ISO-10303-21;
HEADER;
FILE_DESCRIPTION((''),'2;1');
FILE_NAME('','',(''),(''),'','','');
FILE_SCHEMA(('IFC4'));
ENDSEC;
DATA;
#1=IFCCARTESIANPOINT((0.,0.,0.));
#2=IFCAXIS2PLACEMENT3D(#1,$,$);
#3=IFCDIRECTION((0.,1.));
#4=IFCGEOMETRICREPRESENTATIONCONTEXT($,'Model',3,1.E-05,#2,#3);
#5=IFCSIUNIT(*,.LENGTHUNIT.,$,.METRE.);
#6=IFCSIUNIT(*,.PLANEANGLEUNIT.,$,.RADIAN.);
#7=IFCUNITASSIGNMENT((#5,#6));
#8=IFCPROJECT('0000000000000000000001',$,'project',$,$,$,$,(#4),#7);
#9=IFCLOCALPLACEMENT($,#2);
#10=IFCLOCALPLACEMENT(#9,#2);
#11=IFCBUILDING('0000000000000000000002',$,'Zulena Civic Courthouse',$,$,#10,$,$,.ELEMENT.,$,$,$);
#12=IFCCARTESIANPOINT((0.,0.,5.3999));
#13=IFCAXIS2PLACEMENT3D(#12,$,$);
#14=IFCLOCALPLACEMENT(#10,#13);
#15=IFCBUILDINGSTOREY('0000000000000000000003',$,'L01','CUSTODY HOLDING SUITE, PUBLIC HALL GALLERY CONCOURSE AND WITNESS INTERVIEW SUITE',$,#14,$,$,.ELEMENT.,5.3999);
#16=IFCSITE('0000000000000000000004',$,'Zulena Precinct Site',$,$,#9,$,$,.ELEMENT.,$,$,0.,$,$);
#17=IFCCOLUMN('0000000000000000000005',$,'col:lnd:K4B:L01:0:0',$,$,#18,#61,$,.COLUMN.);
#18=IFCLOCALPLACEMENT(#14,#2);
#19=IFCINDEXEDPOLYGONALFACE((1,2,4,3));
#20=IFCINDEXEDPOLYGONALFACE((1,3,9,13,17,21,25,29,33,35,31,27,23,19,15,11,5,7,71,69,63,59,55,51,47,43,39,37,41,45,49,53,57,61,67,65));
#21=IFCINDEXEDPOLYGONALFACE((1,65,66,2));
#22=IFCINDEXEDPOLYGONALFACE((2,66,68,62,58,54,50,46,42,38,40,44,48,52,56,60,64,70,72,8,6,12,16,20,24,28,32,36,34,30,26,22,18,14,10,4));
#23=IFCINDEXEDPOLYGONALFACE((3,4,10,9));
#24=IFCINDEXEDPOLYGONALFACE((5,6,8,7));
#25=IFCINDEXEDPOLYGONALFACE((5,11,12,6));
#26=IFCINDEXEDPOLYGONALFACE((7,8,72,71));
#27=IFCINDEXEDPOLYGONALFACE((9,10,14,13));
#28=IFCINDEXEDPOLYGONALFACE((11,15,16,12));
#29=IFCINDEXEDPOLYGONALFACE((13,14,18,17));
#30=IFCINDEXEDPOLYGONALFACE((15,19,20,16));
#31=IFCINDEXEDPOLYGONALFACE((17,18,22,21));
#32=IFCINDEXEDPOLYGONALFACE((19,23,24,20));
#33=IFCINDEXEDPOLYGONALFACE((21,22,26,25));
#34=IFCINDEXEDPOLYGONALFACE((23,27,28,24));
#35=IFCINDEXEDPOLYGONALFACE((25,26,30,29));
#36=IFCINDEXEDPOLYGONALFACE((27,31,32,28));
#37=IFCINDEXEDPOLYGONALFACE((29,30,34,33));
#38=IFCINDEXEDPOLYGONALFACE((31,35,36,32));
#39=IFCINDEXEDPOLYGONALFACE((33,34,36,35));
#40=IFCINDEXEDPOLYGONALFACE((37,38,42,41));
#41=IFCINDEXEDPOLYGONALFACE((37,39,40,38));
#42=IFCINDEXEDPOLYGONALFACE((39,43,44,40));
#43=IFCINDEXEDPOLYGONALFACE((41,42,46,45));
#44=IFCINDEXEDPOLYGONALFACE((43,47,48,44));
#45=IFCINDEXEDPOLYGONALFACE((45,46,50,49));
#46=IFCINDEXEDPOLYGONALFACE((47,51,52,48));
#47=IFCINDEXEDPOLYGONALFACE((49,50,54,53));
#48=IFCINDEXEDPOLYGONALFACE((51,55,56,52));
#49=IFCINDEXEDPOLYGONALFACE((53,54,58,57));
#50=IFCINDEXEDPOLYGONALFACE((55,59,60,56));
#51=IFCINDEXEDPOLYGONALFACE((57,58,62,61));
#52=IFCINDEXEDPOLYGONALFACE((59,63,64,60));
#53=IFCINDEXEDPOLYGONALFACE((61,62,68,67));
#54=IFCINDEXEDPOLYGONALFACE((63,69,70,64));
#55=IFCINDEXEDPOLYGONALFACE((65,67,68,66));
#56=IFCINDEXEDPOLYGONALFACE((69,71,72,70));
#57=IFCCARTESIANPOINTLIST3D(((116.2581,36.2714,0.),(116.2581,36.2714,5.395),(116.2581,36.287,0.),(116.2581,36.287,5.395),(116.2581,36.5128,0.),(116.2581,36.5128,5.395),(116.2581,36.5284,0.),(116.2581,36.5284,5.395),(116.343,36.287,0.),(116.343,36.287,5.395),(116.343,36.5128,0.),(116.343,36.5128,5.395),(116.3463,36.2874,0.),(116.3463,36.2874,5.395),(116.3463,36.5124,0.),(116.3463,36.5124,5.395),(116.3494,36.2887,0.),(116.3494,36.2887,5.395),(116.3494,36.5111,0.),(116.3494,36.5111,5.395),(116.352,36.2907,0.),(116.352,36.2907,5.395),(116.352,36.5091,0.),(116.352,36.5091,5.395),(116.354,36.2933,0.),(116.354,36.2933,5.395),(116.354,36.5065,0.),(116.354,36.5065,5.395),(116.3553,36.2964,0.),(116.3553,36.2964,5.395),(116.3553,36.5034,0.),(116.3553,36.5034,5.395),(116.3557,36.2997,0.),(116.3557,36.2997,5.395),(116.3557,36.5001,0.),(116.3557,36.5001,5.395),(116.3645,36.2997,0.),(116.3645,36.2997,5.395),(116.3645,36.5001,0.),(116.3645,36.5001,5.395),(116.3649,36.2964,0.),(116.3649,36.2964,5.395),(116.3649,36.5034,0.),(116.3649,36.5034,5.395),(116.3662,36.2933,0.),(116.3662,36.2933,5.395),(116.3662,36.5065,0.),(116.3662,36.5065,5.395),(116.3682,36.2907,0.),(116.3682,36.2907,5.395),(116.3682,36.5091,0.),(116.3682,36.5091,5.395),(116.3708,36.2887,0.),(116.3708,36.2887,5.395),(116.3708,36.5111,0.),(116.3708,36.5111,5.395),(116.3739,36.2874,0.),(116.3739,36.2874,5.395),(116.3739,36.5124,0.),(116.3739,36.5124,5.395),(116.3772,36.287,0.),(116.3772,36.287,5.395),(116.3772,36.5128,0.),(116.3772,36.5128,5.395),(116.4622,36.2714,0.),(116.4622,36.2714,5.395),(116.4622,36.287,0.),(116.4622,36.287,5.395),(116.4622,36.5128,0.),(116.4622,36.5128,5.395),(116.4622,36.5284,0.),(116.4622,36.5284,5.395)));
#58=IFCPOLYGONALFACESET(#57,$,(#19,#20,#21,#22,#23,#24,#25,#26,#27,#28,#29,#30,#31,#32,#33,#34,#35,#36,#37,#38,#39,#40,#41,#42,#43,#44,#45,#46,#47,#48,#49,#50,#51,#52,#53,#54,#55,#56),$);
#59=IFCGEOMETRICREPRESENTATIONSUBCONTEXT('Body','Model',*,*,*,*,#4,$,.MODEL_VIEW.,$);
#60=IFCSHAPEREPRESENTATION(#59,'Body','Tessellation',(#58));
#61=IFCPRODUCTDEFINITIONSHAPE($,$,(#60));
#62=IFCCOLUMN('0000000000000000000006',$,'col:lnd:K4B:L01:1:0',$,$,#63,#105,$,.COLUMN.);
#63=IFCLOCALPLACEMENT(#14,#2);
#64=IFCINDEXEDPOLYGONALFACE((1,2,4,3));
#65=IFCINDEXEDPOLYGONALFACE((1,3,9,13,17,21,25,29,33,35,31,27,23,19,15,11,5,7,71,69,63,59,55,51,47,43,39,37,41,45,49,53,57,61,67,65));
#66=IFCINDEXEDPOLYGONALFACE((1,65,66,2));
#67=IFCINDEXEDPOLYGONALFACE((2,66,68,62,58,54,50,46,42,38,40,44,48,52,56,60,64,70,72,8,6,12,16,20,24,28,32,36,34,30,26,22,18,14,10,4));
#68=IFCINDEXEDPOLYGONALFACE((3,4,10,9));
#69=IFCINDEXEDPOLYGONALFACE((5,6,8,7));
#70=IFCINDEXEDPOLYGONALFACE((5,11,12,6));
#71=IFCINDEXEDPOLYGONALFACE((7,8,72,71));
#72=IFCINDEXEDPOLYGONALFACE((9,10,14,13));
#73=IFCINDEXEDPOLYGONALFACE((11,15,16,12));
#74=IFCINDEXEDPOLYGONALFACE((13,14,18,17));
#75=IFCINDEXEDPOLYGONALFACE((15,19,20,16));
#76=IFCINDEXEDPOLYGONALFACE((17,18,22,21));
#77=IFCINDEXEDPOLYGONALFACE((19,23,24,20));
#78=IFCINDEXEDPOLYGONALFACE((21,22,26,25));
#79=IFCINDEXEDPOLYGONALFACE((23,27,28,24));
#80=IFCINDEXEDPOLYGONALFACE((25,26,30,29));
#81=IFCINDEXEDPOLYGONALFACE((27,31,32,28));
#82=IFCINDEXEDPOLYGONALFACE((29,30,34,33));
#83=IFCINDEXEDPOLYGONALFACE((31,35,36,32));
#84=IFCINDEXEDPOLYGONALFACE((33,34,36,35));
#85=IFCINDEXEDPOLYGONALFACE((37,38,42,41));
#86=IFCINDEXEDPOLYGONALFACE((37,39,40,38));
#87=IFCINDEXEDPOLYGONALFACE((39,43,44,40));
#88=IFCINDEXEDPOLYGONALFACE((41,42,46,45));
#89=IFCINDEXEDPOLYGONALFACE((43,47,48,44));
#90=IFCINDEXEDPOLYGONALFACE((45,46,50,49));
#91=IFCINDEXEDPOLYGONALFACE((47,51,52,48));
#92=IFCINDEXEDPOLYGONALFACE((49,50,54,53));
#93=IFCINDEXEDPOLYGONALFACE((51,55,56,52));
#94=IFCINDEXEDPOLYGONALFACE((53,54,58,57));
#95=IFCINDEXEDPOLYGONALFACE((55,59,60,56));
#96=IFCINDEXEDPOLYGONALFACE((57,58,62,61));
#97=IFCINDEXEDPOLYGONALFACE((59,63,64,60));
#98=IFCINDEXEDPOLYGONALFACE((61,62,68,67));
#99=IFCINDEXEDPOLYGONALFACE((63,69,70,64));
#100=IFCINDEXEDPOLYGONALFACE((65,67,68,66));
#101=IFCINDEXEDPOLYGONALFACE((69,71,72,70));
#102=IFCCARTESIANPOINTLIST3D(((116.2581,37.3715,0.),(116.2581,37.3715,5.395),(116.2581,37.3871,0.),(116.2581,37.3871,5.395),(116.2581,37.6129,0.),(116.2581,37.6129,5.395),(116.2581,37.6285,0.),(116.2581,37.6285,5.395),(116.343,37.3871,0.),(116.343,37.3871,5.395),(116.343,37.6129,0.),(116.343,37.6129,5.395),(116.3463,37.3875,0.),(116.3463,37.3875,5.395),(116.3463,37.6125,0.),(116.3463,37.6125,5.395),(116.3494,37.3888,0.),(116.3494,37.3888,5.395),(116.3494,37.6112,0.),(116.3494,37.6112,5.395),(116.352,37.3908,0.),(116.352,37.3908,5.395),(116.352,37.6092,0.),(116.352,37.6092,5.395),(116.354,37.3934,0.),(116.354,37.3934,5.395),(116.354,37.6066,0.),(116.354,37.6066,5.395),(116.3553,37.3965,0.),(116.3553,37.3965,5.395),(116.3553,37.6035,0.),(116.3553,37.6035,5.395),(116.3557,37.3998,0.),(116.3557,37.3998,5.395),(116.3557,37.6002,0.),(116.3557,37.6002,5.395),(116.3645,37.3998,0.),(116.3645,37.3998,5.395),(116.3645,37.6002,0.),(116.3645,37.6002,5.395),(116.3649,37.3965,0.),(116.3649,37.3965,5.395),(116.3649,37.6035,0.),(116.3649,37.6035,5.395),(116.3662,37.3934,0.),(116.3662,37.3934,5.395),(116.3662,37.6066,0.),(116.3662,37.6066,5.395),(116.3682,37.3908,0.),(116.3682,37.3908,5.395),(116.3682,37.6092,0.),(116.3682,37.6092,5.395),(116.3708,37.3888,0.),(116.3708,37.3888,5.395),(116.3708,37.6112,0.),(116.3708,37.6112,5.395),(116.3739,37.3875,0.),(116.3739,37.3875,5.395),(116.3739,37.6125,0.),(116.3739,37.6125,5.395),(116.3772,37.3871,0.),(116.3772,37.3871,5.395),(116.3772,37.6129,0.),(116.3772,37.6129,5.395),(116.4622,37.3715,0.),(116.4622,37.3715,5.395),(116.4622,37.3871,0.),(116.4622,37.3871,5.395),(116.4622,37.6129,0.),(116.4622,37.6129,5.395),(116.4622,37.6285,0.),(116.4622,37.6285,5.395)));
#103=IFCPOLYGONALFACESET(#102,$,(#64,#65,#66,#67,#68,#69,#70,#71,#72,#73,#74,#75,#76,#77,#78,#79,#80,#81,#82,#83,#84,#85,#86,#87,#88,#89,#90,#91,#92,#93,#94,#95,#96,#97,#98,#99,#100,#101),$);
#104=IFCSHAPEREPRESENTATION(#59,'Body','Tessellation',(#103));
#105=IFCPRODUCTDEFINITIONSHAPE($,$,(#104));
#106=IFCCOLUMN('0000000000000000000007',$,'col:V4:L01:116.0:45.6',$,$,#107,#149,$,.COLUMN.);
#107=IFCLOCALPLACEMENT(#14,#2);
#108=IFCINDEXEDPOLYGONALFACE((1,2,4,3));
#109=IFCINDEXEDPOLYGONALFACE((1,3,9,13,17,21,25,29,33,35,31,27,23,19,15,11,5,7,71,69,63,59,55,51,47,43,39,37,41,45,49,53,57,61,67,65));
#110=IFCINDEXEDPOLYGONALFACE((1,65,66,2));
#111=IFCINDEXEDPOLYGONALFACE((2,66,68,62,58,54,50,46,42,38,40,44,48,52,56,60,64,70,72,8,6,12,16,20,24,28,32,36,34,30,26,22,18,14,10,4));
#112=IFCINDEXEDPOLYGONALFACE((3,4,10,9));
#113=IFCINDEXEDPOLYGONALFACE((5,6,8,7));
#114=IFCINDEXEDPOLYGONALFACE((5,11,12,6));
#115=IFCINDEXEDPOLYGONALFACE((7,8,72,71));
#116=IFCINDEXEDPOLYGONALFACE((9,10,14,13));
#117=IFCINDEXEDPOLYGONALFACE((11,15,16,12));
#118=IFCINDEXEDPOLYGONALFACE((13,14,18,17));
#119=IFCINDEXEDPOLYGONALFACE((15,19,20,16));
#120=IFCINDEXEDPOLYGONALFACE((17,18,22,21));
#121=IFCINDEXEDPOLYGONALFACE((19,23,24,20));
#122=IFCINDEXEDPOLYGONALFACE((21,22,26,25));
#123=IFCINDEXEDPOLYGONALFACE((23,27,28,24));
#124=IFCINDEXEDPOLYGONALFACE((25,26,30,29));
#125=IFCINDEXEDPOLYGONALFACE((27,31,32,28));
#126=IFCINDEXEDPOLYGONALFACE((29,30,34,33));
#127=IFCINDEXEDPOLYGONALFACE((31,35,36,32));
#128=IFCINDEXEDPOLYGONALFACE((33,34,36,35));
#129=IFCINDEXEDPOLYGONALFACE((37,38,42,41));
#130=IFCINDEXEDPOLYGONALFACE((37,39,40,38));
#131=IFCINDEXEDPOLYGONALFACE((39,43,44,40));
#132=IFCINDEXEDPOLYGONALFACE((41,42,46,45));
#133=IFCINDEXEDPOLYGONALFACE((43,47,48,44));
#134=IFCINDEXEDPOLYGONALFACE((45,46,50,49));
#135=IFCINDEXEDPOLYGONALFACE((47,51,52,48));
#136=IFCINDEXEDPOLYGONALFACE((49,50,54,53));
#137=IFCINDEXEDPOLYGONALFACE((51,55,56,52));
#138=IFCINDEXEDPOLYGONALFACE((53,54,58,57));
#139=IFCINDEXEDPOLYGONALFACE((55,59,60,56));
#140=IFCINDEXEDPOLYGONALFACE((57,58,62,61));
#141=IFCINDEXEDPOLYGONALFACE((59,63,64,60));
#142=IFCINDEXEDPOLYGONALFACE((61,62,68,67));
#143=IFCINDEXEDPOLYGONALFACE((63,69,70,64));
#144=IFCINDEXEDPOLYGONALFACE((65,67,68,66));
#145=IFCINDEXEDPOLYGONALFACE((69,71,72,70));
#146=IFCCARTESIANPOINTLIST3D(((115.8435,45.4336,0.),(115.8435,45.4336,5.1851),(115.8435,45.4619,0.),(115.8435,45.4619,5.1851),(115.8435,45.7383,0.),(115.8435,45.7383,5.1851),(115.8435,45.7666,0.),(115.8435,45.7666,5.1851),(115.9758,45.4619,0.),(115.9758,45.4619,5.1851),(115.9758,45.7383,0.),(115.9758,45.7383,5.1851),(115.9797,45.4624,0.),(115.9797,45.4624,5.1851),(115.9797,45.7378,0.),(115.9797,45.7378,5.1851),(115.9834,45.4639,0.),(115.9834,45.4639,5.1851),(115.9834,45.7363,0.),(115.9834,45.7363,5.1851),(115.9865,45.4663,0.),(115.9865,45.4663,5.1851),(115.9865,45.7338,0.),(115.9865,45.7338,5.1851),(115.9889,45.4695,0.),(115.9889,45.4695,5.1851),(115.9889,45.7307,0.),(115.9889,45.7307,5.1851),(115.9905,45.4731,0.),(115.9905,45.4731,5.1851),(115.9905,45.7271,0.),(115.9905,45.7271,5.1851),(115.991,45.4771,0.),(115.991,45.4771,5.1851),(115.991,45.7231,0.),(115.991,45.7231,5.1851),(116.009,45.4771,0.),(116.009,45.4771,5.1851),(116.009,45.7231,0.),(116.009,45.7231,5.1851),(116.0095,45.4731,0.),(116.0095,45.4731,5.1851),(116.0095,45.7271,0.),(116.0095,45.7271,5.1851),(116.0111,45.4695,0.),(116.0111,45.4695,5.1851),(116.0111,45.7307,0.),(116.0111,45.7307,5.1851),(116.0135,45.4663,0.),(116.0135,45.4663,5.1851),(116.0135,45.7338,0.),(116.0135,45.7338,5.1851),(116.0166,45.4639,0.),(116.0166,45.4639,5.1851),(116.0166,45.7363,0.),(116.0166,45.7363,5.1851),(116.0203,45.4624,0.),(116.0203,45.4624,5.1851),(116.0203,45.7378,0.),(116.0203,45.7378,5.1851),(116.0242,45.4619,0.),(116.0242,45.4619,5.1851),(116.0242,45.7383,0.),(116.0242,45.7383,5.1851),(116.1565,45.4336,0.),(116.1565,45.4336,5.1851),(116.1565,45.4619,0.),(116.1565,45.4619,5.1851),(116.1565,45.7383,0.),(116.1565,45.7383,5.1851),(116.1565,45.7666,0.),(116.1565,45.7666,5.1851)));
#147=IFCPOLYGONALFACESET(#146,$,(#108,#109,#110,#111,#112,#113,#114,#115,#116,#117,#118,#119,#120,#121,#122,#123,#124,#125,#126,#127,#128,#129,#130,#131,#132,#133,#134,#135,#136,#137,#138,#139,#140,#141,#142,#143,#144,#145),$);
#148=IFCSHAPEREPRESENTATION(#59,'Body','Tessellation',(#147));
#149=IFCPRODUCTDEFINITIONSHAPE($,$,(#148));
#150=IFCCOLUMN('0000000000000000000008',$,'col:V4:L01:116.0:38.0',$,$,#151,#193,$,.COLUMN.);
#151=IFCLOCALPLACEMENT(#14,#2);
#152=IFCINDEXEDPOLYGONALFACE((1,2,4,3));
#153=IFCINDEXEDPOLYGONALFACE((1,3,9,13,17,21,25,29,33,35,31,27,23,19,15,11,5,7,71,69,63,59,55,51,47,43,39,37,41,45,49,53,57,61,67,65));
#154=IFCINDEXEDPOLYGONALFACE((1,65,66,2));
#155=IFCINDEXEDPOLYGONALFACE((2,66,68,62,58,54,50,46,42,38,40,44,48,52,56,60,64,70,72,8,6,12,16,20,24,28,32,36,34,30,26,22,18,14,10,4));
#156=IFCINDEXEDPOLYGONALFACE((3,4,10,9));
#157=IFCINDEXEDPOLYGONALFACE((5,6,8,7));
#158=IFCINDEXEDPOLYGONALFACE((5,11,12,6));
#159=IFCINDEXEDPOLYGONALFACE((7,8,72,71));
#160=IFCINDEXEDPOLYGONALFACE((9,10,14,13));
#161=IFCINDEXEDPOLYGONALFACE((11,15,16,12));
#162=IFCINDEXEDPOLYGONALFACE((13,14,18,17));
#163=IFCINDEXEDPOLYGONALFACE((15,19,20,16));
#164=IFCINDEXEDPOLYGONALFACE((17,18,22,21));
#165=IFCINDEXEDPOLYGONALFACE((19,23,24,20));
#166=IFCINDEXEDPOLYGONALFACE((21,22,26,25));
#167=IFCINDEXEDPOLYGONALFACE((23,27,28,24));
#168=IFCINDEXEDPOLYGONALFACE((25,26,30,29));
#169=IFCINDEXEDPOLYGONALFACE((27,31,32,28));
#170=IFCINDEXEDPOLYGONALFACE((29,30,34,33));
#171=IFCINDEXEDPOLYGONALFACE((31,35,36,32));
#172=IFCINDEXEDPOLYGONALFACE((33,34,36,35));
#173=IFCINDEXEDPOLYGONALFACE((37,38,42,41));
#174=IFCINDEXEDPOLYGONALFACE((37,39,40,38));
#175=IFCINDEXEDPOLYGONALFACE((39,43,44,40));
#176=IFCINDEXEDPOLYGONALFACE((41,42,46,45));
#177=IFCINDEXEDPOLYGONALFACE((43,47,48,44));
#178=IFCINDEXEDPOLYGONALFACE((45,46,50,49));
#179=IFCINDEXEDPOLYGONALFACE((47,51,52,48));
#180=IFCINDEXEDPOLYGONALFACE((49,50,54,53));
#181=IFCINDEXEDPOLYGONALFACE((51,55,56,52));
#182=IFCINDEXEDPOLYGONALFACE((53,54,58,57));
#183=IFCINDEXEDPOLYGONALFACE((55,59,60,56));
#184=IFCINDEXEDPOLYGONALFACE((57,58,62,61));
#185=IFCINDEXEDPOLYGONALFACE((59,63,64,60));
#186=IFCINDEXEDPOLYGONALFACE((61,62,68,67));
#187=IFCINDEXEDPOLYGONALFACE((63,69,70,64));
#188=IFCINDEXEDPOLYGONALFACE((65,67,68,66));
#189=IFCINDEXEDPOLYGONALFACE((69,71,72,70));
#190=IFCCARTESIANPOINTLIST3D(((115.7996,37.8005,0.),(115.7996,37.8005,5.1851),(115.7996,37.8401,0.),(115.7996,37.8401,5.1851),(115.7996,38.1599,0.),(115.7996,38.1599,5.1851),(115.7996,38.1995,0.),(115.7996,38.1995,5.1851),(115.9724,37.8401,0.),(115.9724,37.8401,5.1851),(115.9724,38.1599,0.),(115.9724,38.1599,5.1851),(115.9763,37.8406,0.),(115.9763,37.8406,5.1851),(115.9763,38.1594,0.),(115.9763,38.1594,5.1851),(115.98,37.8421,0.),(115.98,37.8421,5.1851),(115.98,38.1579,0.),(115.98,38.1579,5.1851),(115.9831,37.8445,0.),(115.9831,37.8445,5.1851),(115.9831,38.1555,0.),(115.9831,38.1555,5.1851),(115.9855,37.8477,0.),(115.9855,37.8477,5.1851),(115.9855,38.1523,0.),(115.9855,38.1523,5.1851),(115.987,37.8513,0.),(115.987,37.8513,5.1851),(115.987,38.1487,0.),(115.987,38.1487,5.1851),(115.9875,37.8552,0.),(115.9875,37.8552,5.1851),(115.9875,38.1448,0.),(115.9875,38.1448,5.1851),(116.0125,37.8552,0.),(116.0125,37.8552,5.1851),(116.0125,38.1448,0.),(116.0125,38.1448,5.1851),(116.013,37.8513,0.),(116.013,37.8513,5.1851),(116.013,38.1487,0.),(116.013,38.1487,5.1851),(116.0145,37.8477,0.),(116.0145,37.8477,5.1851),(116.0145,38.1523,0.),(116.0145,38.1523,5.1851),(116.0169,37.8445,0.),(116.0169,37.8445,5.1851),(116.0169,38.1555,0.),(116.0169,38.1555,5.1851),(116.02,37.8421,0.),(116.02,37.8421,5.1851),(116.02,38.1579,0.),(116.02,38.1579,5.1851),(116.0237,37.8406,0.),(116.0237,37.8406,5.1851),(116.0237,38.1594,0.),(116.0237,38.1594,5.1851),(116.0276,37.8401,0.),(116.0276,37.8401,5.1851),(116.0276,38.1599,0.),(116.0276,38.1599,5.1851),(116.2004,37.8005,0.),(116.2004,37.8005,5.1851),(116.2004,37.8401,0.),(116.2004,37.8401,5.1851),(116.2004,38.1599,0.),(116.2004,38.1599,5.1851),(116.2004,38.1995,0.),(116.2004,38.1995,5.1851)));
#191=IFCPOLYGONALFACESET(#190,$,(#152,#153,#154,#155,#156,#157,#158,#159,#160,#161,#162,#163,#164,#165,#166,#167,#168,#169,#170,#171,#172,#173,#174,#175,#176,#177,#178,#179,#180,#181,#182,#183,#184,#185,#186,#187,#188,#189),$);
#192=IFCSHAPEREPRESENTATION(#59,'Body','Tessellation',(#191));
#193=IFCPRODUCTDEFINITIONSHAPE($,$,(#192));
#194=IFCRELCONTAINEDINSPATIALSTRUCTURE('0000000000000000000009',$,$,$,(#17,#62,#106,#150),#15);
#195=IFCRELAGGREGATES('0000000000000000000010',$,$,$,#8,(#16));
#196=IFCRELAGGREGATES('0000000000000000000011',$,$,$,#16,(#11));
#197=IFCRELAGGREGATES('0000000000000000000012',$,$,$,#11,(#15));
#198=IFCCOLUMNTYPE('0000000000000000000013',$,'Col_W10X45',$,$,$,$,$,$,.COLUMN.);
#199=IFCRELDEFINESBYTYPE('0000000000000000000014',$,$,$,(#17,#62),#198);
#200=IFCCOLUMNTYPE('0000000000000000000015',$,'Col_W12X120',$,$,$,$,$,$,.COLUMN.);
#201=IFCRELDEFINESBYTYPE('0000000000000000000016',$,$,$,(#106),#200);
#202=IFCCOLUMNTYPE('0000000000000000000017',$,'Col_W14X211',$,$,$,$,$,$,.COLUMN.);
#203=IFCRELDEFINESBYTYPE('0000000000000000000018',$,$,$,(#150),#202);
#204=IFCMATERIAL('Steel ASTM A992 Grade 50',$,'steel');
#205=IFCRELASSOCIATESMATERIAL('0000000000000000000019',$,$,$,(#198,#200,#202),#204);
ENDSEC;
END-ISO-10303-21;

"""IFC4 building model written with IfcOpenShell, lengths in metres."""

from ifc_helpers import new_model, si_unit, direction, frame, origin, origin_2d, place, context, subcontext, project, spatial, i_section, extrude, material, material_profile, profile_set, type_object, element, save


model = new_model("IFC4")

# Units and contexts
model_context = context("Model", 3, precision=1e-05, world=origin(), true_north=direction((0.0, 1.0)))
body_context = subcontext(model_context, "Body", "Model", "MODEL_VIEW")
ifc_project = project(units=[si_unit("LENGTHUNIT", "METRE"), si_unit("PLANEANGLEUNIT", "RADIAN")], contexts=[model_context])

# Site, building, storey
site_placement = place(None, origin())
site = spatial("IfcSite", under=ifc_project, at=site_placement, Name="Zulena Precinct Site", CompositionType="ELEMENT", RefElevation=0.0)
building_placement = place(site_placement, origin())
building = spatial("IfcBuilding", under=site, at=building_placement, Name="Zulena Civic Courthouse", CompositionType="ELEMENT")
storey_placement = place(building_placement, frame((0.0, 0.0, 5.3999)))
storey = spatial("IfcBuildingStorey", under=building, at=storey_placement, Name="L01", Description="CUSTODY HOLDING SUITE, PUBLIC HALL GALLERY CONCOURSE AND WITNESS INTERVIEW SUITE", CompositionType="ELEMENT", Elevation=5.3999)

# Columns
ifc_material_1 = material(Name="Steel ASTM A992 Grade 50", Category="steel")
ifc_material_profile_1 = material_profile(ifc_material_1, i_section(OverallWidth=0.2041, OverallDepth=0.2571, WebThickness=0.0088, FlangeThickness=0.0156, FilletRadius=0.0127, at=origin_2d()), Name="W10X45")
ifc_profile_set_1 = profile_set([ifc_material_profile_1], Name="Steel ASTM A992 Grade 50")
column_type_1 = type_object("IfcColumnType", Name="Col_W10X45", PredefinedType="COLUMN", material=ifc_profile_set_1)
for number, where, z_axis, x_axis, name in (
    (1, (116.3601, 36.3999, 0.0), (0.0, 0.0, 1.0), (1.0, 0.0, 0.0), "col:lnd:K4B:L01:0:0"),
    (2, (116.3601, 37.5, 0.0), (0.0, 0.0, 1.0), (1.0, 0.0, 0.0), "col:lnd:K4B:L01:1:0"),
):
    element("IfcColumn", number, at=place(storey_placement, frame(where, z_axis=z_axis, x_axis=x_axis)), inside=storey, type_object=column_type_1, Name=name, PredefinedType="COLUMN", context=body_context, shape_type="SweptSolid", body=[
        extrude(i_section(OverallWidth=0.2041, OverallDepth=0.2571, WebThickness=0.0088, FlangeThickness=0.0156, FilletRadius=0.0127, at=origin_2d()), origin(), (0.0, 0.0, 1.0), 5.395),
    ])
ifc_material_profile_2 = material_profile(ifc_material_1, i_section(OverallWidth=0.313, OverallDepth=0.333, WebThickness=0.0181, FlangeThickness=0.0283, FilletRadius=0.0151, at=origin_2d()), Name="W12X120")
ifc_profile_set_2 = profile_set([ifc_material_profile_2], Name="Steel ASTM A992 Grade 50")
column_type_2 = type_object("IfcColumnType", Name="Col_W12X120", PredefinedType="COLUMN", material=ifc_profile_set_2)
column_1_placement = place(storey_placement, frame((116.0, 45.6001, 0.0), z_axis=(0.0, 0.0, 1.0), x_axis=(1.0, 0.0, 0.0)))
element("IfcColumn", 3, at=column_1_placement, inside=storey, type_object=column_type_2, Name="col:V4:L01:116.0:45.6", PredefinedType="COLUMN", context=body_context, shape_type="SweptSolid", body=[
    extrude(i_section(OverallWidth=0.313, OverallDepth=0.333, WebThickness=0.0181, FlangeThickness=0.0283, FilletRadius=0.0151, at=origin_2d()), origin(), (0.0, 0.0, 1.0), 5.1851),
])
ifc_material_profile_3 = material_profile(ifc_material_1, i_section(OverallWidth=0.4009, OverallDepth=0.3989, WebThickness=0.0249, FlangeThickness=0.0396, FilletRadius=0.0151, at=origin_2d()), Name="W14X211")
ifc_profile_set_3 = profile_set([ifc_material_profile_3], Name="Steel ASTM A992 Grade 50")
column_type_3 = type_object("IfcColumnType", Name="Col_W14X211", PredefinedType="COLUMN", material=ifc_profile_set_3)
column_2_placement = place(storey_placement, frame((116.0, 38.0, 0.0), z_axis=(0.0, 0.0, 1.0), x_axis=(1.0, 0.0, 0.0)))
element("IfcColumn", 4, at=column_2_placement, inside=storey, type_object=column_type_3, Name="col:V4:L01:116.0:38.0", PredefinedType="COLUMN", context=body_context, shape_type="SweptSolid", body=[
    extrude(i_section(OverallWidth=0.4009, OverallDepth=0.3989, WebThickness=0.0249, FlangeThickness=0.0396, FilletRadius=0.0151, at=origin_2d()), origin(), (0.0, 0.0, 1.0), 5.1851),
])

save(model, "model.ifc")
